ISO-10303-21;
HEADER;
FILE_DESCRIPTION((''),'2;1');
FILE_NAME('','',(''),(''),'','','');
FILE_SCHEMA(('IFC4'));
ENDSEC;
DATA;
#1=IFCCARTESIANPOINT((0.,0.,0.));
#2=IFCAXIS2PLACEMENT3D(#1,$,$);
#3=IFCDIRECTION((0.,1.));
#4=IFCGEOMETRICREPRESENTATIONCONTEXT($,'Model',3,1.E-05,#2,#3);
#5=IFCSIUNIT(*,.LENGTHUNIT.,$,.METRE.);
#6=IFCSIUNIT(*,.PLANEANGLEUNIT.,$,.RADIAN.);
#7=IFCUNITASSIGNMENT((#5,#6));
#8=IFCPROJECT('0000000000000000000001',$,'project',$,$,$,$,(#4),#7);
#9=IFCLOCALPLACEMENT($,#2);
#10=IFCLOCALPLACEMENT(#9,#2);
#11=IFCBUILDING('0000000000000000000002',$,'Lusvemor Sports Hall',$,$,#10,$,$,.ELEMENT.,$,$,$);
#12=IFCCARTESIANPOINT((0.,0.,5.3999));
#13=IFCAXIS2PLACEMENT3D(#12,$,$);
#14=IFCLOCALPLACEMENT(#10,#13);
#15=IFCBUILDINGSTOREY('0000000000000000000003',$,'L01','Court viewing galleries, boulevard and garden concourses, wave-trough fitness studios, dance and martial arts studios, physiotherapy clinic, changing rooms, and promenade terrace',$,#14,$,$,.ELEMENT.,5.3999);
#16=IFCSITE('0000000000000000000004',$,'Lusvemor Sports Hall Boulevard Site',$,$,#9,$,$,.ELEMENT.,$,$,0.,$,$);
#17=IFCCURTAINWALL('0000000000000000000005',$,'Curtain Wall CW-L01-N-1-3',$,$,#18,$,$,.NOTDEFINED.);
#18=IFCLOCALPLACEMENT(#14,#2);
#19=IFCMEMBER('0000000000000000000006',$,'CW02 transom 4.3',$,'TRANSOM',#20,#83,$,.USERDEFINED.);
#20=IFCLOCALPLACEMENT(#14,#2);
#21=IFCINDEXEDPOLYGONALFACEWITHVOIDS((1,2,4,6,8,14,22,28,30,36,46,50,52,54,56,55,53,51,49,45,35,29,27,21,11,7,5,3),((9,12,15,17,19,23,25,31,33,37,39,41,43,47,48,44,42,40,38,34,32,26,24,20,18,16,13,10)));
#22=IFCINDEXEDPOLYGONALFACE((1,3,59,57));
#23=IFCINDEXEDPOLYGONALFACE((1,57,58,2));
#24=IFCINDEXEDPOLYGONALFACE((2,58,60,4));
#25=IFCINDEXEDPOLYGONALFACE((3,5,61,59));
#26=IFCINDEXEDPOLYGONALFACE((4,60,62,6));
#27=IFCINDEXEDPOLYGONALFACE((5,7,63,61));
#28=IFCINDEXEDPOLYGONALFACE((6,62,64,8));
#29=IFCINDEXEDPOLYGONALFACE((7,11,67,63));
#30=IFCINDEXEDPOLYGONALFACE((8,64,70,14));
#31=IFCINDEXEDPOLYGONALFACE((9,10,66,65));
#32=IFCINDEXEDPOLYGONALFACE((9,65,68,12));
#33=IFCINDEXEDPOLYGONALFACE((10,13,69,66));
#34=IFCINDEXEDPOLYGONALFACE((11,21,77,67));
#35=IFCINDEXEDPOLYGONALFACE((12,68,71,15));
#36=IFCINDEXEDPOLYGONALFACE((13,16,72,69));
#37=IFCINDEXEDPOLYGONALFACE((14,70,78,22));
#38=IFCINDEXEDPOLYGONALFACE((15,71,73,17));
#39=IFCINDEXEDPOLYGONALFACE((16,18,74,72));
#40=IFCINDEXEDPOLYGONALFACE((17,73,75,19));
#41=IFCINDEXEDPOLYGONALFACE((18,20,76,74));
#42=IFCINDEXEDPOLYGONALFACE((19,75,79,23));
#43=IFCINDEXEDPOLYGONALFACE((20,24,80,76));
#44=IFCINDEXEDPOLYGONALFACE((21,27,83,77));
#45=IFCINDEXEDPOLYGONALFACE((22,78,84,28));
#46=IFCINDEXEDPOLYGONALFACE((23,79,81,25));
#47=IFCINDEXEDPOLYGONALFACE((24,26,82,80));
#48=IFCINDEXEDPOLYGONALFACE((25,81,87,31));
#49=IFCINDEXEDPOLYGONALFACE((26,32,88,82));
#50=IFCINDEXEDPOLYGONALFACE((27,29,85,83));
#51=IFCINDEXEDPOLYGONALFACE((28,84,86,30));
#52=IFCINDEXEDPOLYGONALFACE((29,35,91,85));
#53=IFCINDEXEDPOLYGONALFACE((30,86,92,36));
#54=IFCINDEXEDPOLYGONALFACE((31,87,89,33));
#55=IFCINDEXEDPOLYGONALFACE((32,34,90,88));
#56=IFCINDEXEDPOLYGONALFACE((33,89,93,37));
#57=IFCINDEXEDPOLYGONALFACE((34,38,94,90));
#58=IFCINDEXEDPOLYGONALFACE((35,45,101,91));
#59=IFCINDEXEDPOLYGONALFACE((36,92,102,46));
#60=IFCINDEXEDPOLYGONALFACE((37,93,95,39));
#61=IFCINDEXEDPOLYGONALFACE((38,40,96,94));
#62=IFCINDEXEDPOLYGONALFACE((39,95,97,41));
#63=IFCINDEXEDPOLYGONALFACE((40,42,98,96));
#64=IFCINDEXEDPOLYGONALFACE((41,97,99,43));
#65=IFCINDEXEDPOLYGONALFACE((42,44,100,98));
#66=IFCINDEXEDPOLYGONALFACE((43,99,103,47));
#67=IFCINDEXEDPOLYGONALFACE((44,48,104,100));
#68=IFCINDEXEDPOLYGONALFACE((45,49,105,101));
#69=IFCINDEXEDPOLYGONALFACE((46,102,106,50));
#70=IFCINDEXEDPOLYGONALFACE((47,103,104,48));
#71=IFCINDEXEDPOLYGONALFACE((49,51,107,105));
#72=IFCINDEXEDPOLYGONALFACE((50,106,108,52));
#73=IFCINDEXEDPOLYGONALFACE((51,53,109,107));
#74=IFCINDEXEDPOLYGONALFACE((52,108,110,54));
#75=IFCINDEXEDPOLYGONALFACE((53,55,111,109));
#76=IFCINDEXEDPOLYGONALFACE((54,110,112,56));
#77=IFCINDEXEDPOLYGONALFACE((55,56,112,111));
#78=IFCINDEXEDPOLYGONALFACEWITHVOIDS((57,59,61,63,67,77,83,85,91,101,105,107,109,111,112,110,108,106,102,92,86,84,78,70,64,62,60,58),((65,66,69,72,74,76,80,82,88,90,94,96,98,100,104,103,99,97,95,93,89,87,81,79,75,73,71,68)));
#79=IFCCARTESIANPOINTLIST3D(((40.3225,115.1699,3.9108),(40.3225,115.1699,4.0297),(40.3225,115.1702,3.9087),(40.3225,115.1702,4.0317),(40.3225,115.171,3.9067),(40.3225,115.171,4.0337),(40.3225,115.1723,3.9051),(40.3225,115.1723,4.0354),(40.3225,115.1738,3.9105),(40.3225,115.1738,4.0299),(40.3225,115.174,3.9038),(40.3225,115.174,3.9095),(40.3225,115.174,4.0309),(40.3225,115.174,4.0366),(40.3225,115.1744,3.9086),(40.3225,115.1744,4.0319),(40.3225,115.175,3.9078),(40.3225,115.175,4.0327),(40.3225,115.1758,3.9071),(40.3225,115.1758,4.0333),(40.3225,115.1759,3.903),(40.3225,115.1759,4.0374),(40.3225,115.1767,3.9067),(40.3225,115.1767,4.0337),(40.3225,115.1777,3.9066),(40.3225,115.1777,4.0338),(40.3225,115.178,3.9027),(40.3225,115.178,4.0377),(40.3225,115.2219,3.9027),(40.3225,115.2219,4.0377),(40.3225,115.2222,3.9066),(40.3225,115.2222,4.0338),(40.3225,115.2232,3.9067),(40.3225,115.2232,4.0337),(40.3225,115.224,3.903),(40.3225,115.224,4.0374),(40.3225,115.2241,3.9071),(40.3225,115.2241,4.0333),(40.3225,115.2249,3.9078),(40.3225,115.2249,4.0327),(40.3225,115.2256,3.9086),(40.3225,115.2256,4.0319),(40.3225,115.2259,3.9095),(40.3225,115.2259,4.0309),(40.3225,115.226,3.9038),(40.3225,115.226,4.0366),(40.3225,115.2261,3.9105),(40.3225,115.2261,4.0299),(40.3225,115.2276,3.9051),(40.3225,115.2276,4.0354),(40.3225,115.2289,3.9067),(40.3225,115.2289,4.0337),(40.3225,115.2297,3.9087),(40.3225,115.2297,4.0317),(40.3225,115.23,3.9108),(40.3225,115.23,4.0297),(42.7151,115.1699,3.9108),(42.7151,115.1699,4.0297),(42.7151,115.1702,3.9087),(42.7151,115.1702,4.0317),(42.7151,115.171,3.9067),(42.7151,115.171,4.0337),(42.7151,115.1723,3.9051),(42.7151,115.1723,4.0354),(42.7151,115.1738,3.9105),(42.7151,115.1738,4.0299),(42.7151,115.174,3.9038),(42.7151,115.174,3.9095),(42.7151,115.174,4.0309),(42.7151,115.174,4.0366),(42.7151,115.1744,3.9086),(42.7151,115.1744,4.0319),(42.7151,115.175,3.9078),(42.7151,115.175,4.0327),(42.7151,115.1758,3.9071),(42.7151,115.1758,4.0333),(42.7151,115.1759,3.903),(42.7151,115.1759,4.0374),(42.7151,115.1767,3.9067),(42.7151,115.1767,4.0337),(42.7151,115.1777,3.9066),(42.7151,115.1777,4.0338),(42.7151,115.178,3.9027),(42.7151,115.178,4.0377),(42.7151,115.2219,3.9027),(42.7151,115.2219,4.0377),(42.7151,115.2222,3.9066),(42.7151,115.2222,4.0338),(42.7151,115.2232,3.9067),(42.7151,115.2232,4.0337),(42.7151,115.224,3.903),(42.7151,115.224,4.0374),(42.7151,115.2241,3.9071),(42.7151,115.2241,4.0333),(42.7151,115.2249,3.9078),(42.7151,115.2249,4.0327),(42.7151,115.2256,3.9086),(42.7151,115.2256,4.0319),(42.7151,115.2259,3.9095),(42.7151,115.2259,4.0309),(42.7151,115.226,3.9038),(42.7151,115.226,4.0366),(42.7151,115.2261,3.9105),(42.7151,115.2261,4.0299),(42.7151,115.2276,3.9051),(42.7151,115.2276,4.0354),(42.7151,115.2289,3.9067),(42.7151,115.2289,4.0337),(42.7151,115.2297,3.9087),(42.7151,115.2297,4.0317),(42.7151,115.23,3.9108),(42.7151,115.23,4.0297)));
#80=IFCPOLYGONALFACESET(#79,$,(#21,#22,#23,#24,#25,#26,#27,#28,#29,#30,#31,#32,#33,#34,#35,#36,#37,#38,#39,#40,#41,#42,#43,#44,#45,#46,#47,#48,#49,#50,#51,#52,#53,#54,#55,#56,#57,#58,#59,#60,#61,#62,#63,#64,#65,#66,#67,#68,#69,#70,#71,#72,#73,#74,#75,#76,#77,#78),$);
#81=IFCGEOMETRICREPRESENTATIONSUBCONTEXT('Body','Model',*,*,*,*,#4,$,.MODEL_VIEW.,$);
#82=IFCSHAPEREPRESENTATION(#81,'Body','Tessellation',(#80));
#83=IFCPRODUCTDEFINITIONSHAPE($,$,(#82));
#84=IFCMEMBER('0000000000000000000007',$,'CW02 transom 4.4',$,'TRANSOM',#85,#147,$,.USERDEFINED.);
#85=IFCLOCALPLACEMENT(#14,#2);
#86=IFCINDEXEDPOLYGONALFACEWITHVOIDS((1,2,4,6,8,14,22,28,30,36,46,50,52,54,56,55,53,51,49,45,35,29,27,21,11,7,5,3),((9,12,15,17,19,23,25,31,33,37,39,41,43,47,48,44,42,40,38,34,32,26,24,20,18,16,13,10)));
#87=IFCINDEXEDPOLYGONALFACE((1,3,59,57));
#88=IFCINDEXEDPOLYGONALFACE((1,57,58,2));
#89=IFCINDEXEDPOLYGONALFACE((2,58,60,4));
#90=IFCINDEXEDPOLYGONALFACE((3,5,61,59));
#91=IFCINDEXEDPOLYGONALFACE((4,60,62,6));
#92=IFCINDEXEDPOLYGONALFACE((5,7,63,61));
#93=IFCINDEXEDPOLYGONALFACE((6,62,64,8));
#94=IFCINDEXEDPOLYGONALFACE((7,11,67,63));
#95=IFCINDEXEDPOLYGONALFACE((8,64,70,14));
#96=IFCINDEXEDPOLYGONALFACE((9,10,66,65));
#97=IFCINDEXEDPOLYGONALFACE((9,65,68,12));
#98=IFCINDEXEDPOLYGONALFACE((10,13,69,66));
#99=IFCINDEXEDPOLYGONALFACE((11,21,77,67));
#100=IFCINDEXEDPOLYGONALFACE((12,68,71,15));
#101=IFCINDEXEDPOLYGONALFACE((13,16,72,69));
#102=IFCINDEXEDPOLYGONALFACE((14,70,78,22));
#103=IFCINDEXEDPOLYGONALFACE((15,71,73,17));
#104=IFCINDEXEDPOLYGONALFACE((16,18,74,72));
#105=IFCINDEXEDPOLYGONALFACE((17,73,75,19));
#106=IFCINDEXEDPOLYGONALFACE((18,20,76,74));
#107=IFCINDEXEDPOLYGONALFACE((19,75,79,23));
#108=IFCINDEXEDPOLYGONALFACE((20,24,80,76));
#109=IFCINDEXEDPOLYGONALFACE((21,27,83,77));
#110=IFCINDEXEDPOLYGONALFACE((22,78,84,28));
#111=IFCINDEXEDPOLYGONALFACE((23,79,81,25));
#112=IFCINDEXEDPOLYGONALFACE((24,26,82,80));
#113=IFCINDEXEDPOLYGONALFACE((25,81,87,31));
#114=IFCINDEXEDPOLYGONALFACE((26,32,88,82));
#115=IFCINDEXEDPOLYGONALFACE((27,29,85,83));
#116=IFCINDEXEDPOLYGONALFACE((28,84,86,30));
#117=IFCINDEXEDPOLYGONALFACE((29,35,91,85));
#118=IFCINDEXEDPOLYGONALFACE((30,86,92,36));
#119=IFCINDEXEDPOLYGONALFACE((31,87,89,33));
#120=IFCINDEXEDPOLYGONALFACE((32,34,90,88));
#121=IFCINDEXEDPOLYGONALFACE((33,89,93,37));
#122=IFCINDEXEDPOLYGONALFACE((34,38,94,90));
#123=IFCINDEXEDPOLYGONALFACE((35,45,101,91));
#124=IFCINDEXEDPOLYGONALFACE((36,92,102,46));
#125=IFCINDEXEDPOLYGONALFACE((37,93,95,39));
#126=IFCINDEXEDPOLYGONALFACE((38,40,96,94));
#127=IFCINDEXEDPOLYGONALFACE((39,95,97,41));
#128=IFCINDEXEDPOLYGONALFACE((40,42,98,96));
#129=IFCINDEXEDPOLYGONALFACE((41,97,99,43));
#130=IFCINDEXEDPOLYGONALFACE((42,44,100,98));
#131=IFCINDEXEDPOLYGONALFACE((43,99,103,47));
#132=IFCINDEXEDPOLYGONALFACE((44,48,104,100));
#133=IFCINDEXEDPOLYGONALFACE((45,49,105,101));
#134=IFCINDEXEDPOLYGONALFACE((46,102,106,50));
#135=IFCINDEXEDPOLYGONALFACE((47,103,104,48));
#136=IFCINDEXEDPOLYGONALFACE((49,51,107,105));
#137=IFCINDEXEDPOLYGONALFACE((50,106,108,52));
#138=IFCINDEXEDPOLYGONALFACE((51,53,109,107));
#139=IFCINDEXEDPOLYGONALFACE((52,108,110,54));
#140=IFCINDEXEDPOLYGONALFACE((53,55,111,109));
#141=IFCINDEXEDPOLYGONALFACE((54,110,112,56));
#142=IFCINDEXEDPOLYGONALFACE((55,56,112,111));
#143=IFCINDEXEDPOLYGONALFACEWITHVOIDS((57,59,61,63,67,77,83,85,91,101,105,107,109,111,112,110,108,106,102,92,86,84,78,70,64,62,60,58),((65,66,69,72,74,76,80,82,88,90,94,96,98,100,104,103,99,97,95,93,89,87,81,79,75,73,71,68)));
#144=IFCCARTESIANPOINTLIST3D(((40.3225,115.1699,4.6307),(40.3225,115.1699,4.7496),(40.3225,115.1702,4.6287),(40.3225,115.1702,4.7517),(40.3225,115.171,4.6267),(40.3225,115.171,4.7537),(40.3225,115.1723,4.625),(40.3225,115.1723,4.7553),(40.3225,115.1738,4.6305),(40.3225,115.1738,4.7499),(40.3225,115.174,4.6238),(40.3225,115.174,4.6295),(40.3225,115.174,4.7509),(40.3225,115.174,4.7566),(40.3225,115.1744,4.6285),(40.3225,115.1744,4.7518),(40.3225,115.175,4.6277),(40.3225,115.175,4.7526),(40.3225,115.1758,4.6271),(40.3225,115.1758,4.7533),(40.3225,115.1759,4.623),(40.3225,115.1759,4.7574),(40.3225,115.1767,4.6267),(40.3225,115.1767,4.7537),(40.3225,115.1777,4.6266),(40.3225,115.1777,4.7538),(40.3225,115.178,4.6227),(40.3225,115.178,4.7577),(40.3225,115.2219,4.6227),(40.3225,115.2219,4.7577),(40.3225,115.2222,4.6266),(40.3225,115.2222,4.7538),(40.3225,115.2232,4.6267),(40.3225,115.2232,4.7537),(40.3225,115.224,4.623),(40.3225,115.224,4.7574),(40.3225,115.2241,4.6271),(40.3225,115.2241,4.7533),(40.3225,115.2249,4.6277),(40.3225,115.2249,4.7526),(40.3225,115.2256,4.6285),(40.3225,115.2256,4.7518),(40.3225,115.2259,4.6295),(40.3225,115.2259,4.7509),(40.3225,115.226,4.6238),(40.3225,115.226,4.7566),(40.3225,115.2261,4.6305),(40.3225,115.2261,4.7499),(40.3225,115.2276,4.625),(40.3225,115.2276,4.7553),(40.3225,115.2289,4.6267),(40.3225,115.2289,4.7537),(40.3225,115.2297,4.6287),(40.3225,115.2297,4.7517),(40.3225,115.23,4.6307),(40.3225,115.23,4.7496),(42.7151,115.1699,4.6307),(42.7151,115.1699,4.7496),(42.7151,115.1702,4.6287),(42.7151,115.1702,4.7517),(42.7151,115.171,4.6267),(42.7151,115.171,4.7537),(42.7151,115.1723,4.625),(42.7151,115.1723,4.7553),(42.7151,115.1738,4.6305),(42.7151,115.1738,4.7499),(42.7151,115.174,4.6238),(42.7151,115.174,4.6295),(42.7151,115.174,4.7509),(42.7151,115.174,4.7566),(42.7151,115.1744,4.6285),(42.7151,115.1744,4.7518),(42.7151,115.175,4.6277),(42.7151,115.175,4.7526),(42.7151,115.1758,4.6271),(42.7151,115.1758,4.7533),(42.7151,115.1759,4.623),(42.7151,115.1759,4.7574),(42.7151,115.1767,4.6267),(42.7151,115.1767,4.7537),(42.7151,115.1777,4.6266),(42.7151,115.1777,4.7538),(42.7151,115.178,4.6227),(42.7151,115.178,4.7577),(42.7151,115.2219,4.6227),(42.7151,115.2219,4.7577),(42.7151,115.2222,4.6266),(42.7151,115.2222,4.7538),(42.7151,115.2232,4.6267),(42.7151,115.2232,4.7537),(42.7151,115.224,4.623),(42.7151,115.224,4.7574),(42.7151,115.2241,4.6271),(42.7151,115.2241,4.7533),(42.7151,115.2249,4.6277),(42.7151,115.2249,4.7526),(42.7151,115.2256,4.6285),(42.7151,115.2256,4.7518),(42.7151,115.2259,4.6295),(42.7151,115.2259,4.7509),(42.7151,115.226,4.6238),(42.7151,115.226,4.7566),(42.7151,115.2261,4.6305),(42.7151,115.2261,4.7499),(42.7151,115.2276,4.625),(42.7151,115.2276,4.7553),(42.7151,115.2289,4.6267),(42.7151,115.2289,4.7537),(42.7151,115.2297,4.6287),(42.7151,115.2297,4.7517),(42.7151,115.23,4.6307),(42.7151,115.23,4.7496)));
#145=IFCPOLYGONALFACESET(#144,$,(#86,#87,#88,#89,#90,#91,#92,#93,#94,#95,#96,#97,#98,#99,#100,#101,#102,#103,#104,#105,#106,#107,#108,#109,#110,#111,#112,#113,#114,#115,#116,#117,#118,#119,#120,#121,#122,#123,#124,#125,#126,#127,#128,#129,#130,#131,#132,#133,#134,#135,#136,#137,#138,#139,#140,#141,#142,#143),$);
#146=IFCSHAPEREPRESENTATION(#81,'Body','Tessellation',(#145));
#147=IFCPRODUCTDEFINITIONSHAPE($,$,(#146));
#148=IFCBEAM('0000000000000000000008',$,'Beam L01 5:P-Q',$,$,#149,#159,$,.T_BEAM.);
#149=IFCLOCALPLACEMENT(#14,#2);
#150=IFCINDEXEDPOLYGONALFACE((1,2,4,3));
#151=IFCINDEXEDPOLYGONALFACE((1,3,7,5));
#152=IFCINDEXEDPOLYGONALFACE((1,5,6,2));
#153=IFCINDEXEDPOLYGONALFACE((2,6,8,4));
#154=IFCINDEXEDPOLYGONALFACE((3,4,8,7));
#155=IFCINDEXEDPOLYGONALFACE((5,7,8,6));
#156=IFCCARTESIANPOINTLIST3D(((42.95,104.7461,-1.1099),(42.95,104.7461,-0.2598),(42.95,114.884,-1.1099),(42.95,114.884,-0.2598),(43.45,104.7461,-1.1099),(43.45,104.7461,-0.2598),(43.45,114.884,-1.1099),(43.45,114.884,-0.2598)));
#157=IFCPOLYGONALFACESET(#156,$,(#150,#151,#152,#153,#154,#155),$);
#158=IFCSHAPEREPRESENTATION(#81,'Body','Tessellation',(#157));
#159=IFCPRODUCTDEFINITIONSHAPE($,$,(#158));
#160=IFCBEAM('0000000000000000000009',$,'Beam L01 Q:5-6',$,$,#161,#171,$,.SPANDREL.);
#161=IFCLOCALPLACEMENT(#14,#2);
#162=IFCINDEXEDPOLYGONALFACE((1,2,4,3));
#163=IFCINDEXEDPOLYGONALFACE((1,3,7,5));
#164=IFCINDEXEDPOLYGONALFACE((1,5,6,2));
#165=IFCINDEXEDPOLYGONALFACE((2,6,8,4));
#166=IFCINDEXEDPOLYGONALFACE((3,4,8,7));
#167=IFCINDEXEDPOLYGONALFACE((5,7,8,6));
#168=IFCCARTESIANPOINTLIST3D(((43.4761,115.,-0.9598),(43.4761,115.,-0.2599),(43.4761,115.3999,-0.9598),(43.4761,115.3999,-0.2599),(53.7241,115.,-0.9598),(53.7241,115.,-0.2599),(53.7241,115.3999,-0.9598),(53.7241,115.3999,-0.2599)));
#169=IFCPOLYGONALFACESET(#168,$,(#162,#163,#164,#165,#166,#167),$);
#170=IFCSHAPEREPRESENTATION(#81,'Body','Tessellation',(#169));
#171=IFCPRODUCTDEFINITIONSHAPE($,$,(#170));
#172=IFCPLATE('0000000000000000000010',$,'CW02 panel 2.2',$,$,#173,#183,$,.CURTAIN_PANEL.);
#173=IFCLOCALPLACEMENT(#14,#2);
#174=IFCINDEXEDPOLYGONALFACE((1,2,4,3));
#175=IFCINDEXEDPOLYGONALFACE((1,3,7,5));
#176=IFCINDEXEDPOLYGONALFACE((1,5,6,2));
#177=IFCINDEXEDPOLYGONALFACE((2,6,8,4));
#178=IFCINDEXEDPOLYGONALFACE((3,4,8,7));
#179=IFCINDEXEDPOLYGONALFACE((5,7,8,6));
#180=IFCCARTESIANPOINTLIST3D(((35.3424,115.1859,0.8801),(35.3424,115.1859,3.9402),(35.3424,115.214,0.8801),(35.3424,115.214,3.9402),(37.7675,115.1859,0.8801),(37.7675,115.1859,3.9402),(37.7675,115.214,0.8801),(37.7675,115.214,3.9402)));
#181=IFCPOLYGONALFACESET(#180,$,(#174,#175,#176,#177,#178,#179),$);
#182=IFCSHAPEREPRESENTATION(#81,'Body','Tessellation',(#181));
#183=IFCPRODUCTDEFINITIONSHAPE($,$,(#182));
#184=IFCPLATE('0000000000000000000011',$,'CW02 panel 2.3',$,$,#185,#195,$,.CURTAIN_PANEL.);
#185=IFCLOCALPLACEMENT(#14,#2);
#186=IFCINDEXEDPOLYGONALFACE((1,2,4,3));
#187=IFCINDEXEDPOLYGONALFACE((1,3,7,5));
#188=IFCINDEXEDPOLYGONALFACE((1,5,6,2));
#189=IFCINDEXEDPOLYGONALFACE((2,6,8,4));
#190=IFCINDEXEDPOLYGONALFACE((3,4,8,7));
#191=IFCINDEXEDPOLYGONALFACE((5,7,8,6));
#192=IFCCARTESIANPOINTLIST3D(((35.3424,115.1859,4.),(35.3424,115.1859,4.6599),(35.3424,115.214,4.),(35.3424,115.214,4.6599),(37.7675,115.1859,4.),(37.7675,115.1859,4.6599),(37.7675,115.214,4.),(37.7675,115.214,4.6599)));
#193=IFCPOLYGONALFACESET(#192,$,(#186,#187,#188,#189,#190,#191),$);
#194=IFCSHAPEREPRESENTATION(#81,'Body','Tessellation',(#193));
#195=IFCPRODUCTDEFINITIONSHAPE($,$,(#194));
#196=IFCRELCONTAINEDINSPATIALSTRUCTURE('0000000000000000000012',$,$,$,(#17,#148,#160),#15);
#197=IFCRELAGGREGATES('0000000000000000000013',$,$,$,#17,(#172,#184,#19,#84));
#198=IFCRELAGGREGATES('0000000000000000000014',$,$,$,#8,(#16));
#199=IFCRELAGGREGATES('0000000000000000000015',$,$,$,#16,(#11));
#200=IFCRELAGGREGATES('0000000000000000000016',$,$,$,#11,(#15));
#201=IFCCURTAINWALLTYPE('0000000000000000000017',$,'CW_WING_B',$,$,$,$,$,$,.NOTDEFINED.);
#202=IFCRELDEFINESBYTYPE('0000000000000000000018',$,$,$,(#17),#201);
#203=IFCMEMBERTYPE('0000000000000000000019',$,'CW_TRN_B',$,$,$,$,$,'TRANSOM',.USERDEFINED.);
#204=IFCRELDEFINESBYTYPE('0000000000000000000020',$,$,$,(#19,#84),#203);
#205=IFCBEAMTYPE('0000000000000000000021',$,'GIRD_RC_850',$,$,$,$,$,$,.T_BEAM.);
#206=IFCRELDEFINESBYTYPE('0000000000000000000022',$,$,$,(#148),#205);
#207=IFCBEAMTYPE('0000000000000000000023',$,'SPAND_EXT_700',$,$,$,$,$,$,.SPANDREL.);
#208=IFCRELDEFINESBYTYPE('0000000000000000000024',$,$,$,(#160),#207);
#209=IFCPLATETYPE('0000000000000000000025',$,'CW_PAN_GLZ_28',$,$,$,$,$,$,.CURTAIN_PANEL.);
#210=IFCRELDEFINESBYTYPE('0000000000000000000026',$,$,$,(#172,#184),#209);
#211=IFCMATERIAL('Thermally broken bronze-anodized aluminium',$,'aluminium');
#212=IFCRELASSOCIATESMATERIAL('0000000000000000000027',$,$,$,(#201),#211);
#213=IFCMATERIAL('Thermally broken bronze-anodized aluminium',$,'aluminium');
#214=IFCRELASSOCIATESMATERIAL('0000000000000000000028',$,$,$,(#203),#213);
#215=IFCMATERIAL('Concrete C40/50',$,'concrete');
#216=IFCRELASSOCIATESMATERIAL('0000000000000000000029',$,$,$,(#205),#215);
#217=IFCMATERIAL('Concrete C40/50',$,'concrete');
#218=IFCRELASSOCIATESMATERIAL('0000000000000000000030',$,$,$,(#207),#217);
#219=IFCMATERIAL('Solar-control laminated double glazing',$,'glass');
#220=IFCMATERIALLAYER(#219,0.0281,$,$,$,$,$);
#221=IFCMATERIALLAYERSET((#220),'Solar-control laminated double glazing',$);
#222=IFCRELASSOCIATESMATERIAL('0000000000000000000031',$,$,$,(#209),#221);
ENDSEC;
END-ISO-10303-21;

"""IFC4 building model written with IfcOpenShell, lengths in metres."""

from ifc_helpers import new_model, si_unit, direction, frame, origin, origin_2d, place, context, subcontext, project, spatial, rectangle, hollow_rectangle, extrude, material, layer, layer_set, material_profile, profile_set, type_object, element, aggregate, save


model = new_model("IFC4")

# Units and contexts
model_context = context("Model", 3, precision=1e-05, world=origin(), true_north=direction((0.0, 1.0)))
body_context = subcontext(model_context, "Body", "Model", "MODEL_VIEW")
ifc_project = project(units=[si_unit("LENGTHUNIT", "METRE"), si_unit("PLANEANGLEUNIT", "RADIAN")], contexts=[model_context])

# Site, building, storey
site_placement = place(None, origin())
site = spatial("IfcSite", under=ifc_project, at=site_placement, Name="Lusvemor Sports Hall Boulevard Site", CompositionType="ELEMENT", RefElevation=0.0)
building_placement = place(site_placement, origin())
building = spatial("IfcBuilding", under=site, at=building_placement, Name="Lusvemor Sports Hall", CompositionType="ELEMENT")
storey_placement = place(building_placement, frame((0.0, 0.0, 5.3999)))
storey = spatial("IfcBuildingStorey", under=building, at=storey_placement, Name="L01", Description="Court viewing galleries, boulevard and garden concourses, wave-trough fitness studios, dance and martial arts studios, physiotherapy clinic, changing rooms, and promenade terrace", CompositionType="ELEMENT", Elevation=5.3999)

# Curtain wall, members
ifc_material_1 = material(Name="Thermally broken bronze-anodized aluminium", Category="aluminium")
curtain_wall_type = type_object("IfcCurtainWallType", Name="CW_WING_B", PredefinedType="NOTDEFINED", material=ifc_material_1)
curtain_wall_placement = place(storey_placement, origin())
curtain_wall = element("IfcCurtainWall", 1, at=curtain_wall_placement, inside=storey, type_object=curtain_wall_type, Name="Curtain Wall CW-L01-N-1-3", PredefinedType="NOTDEFINED")
ifc_material_2 = material(Name="Thermally broken bronze-anodized aluminium", Category="aluminium")
ifc_material_profile_1 = material_profile(ifc_material_2, hollow_rectangle(XDim=0.0601, YDim=0.135, WallThickness=0.0039, InnerFilletRadius=0.0039, OuterFilletRadius=0.0081, at=origin_2d()), Name="CWTRN135x60x4")
ifc_profile_set_1 = profile_set([ifc_material_profile_1], Name="Thermally broken bronze-anodized aluminium")
member_type_1 = type_object("IfcMemberType", Name="CW_TRN_B", ElementType="TRANSOM", PredefinedType="USERDEFINED", material=ifc_profile_set_1)
member_1_placement = place(storey_placement, frame((40.3225, 115.2, 3.9702), z_axis=(1.0, 0.0, 0.0), x_axis=(0.0, 1.0, 0.0)))
member_1 = element("IfcMember", 2, at=member_1_placement, type_object=member_type_1, Name="CW02 transom 4.3", ObjectType="TRANSOM", PredefinedType="USERDEFINED", context=body_context, shape_type="SweptSolid", body=[
    extrude(hollow_rectangle(XDim=0.0601, YDim=0.135, WallThickness=0.0039, InnerFilletRadius=0.0039, OuterFilletRadius=0.0081, at=origin_2d()), origin(), (0.0, 0.0, 1.0), 2.3926),
])
member_2_placement = place(storey_placement, frame((40.3225, 115.2, 4.6902), z_axis=(1.0, 0.0, 0.0), x_axis=(0.0, 1.0, 0.0)))
member_2 = element("IfcMember", 3, at=member_2_placement, type_object=member_type_1, Name="CW02 transom 4.4", ObjectType="TRANSOM", PredefinedType="USERDEFINED", context=body_context, shape_type="SweptSolid", body=[
    extrude(hollow_rectangle(XDim=0.0601, YDim=0.135, WallThickness=0.0039, InnerFilletRadius=0.0039, OuterFilletRadius=0.0081, at=origin_2d()), origin(), (0.0, 0.0, 1.0), 2.3926),
])

# Beams
ifc_material_3 = material(Name="Concrete C40/50", Category="concrete")
ifc_material_profile_2 = material_profile(ifc_material_3, rectangle(XDim=0.5, YDim=0.8501, at=origin_2d()), Name="RC500x850")
ifc_profile_set_2 = profile_set([ifc_material_profile_2], Name="Concrete C40/50")
beam_type_1 = type_object("IfcBeamType", Name="GIRD_RC_850", PredefinedType="T_BEAM", material=ifc_profile_set_2)
beam_1_placement = place(storey_placement, frame((43.2, 104.7461, -0.6848), z_axis=(0.0, 1.0, 0.0), x_axis=(-1.0, 0.0, 0.0)))
element("IfcBeam", 4, at=beam_1_placement, inside=storey, type_object=beam_type_1, Name="Beam L01 5:P-Q", PredefinedType="T_BEAM", context=body_context, shape_type="SweptSolid", body=[
    extrude(rectangle(XDim=0.5, YDim=0.8501, at=origin_2d()), origin(), (0.0, 0.0, 1.0), 10.1379),
])
ifc_material_4 = material(Name="Concrete C40/50", Category="concrete")
ifc_material_profile_3 = material_profile(ifc_material_4, rectangle(XDim=0.3999, YDim=0.7, at=origin_2d()), Name="RC400x700")
ifc_profile_set_3 = profile_set([ifc_material_profile_3], Name="Concrete C40/50")
beam_type_2 = type_object("IfcBeamType", Name="SPAND_EXT_700", PredefinedType="SPANDREL", material=ifc_profile_set_3)
beam_2_placement = place(storey_placement, frame((43.4761, 115.2, -0.6099), z_axis=(1.0, 0.0, 0.0), x_axis=(0.0, 1.0, 0.0)))
element("IfcBeam", 5, at=beam_2_placement, inside=storey, type_object=beam_type_2, Name="Beam L01 Q:5-6", PredefinedType="SPANDREL", context=body_context, shape_type="SweptSolid", body=[
    extrude(rectangle(XDim=0.3999, YDim=0.7, at=origin_2d()), origin(), (0.0, 0.0, 1.0), 10.248),
])

# Plates
ifc_material_5 = material(Name="Solar-control laminated double glazing", Category="glass")
ifc_layer_1 = layer(ifc_material_5, 0.0281)
ifc_layer_set_1 = layer_set([ifc_layer_1], Name="Solar-control laminated double glazing")
plate_type_1 = type_object("IfcPlateType", Name="CW_PAN_GLZ_28", PredefinedType="CURTAIN_PANEL", material=ifc_layer_set_1)
plate_1_placement = place(storey_placement, frame((36.5549, 115.2, 0.8801), z_axis=(0.0, 0.0, 1.0), x_axis=(1.0, 0.0, 0.0)))
plate_1 = element("IfcPlate", 6, at=plate_1_placement, type_object=plate_type_1, Name="CW02 panel 2.2", PredefinedType="CURTAIN_PANEL", context=body_context, shape_type="SweptSolid", body=[
    extrude(rectangle(XDim=2.425, YDim=0.0281, at=origin_2d()), origin(), (0.0, 0.0, 1.0), 3.0601),
])
plate_2_placement = place(storey_placement, frame((36.5549, 115.2, 4.0), z_axis=(0.0, 0.0, 1.0), x_axis=(1.0, 0.0, 0.0)))
plate_2 = element("IfcPlate", 7, at=plate_2_placement, type_object=plate_type_1, Name="CW02 panel 2.3", PredefinedType="CURTAIN_PANEL", context=body_context, shape_type="SweptSolid", body=[
    extrude(rectangle(XDim=2.425, YDim=0.0281, at=origin_2d()), origin(), (0.0, 0.0, 1.0), 0.6599),
])
aggregate(curtain_wall, [plate_1, plate_2, member_1, member_2])

save(model, "model.ifc")
